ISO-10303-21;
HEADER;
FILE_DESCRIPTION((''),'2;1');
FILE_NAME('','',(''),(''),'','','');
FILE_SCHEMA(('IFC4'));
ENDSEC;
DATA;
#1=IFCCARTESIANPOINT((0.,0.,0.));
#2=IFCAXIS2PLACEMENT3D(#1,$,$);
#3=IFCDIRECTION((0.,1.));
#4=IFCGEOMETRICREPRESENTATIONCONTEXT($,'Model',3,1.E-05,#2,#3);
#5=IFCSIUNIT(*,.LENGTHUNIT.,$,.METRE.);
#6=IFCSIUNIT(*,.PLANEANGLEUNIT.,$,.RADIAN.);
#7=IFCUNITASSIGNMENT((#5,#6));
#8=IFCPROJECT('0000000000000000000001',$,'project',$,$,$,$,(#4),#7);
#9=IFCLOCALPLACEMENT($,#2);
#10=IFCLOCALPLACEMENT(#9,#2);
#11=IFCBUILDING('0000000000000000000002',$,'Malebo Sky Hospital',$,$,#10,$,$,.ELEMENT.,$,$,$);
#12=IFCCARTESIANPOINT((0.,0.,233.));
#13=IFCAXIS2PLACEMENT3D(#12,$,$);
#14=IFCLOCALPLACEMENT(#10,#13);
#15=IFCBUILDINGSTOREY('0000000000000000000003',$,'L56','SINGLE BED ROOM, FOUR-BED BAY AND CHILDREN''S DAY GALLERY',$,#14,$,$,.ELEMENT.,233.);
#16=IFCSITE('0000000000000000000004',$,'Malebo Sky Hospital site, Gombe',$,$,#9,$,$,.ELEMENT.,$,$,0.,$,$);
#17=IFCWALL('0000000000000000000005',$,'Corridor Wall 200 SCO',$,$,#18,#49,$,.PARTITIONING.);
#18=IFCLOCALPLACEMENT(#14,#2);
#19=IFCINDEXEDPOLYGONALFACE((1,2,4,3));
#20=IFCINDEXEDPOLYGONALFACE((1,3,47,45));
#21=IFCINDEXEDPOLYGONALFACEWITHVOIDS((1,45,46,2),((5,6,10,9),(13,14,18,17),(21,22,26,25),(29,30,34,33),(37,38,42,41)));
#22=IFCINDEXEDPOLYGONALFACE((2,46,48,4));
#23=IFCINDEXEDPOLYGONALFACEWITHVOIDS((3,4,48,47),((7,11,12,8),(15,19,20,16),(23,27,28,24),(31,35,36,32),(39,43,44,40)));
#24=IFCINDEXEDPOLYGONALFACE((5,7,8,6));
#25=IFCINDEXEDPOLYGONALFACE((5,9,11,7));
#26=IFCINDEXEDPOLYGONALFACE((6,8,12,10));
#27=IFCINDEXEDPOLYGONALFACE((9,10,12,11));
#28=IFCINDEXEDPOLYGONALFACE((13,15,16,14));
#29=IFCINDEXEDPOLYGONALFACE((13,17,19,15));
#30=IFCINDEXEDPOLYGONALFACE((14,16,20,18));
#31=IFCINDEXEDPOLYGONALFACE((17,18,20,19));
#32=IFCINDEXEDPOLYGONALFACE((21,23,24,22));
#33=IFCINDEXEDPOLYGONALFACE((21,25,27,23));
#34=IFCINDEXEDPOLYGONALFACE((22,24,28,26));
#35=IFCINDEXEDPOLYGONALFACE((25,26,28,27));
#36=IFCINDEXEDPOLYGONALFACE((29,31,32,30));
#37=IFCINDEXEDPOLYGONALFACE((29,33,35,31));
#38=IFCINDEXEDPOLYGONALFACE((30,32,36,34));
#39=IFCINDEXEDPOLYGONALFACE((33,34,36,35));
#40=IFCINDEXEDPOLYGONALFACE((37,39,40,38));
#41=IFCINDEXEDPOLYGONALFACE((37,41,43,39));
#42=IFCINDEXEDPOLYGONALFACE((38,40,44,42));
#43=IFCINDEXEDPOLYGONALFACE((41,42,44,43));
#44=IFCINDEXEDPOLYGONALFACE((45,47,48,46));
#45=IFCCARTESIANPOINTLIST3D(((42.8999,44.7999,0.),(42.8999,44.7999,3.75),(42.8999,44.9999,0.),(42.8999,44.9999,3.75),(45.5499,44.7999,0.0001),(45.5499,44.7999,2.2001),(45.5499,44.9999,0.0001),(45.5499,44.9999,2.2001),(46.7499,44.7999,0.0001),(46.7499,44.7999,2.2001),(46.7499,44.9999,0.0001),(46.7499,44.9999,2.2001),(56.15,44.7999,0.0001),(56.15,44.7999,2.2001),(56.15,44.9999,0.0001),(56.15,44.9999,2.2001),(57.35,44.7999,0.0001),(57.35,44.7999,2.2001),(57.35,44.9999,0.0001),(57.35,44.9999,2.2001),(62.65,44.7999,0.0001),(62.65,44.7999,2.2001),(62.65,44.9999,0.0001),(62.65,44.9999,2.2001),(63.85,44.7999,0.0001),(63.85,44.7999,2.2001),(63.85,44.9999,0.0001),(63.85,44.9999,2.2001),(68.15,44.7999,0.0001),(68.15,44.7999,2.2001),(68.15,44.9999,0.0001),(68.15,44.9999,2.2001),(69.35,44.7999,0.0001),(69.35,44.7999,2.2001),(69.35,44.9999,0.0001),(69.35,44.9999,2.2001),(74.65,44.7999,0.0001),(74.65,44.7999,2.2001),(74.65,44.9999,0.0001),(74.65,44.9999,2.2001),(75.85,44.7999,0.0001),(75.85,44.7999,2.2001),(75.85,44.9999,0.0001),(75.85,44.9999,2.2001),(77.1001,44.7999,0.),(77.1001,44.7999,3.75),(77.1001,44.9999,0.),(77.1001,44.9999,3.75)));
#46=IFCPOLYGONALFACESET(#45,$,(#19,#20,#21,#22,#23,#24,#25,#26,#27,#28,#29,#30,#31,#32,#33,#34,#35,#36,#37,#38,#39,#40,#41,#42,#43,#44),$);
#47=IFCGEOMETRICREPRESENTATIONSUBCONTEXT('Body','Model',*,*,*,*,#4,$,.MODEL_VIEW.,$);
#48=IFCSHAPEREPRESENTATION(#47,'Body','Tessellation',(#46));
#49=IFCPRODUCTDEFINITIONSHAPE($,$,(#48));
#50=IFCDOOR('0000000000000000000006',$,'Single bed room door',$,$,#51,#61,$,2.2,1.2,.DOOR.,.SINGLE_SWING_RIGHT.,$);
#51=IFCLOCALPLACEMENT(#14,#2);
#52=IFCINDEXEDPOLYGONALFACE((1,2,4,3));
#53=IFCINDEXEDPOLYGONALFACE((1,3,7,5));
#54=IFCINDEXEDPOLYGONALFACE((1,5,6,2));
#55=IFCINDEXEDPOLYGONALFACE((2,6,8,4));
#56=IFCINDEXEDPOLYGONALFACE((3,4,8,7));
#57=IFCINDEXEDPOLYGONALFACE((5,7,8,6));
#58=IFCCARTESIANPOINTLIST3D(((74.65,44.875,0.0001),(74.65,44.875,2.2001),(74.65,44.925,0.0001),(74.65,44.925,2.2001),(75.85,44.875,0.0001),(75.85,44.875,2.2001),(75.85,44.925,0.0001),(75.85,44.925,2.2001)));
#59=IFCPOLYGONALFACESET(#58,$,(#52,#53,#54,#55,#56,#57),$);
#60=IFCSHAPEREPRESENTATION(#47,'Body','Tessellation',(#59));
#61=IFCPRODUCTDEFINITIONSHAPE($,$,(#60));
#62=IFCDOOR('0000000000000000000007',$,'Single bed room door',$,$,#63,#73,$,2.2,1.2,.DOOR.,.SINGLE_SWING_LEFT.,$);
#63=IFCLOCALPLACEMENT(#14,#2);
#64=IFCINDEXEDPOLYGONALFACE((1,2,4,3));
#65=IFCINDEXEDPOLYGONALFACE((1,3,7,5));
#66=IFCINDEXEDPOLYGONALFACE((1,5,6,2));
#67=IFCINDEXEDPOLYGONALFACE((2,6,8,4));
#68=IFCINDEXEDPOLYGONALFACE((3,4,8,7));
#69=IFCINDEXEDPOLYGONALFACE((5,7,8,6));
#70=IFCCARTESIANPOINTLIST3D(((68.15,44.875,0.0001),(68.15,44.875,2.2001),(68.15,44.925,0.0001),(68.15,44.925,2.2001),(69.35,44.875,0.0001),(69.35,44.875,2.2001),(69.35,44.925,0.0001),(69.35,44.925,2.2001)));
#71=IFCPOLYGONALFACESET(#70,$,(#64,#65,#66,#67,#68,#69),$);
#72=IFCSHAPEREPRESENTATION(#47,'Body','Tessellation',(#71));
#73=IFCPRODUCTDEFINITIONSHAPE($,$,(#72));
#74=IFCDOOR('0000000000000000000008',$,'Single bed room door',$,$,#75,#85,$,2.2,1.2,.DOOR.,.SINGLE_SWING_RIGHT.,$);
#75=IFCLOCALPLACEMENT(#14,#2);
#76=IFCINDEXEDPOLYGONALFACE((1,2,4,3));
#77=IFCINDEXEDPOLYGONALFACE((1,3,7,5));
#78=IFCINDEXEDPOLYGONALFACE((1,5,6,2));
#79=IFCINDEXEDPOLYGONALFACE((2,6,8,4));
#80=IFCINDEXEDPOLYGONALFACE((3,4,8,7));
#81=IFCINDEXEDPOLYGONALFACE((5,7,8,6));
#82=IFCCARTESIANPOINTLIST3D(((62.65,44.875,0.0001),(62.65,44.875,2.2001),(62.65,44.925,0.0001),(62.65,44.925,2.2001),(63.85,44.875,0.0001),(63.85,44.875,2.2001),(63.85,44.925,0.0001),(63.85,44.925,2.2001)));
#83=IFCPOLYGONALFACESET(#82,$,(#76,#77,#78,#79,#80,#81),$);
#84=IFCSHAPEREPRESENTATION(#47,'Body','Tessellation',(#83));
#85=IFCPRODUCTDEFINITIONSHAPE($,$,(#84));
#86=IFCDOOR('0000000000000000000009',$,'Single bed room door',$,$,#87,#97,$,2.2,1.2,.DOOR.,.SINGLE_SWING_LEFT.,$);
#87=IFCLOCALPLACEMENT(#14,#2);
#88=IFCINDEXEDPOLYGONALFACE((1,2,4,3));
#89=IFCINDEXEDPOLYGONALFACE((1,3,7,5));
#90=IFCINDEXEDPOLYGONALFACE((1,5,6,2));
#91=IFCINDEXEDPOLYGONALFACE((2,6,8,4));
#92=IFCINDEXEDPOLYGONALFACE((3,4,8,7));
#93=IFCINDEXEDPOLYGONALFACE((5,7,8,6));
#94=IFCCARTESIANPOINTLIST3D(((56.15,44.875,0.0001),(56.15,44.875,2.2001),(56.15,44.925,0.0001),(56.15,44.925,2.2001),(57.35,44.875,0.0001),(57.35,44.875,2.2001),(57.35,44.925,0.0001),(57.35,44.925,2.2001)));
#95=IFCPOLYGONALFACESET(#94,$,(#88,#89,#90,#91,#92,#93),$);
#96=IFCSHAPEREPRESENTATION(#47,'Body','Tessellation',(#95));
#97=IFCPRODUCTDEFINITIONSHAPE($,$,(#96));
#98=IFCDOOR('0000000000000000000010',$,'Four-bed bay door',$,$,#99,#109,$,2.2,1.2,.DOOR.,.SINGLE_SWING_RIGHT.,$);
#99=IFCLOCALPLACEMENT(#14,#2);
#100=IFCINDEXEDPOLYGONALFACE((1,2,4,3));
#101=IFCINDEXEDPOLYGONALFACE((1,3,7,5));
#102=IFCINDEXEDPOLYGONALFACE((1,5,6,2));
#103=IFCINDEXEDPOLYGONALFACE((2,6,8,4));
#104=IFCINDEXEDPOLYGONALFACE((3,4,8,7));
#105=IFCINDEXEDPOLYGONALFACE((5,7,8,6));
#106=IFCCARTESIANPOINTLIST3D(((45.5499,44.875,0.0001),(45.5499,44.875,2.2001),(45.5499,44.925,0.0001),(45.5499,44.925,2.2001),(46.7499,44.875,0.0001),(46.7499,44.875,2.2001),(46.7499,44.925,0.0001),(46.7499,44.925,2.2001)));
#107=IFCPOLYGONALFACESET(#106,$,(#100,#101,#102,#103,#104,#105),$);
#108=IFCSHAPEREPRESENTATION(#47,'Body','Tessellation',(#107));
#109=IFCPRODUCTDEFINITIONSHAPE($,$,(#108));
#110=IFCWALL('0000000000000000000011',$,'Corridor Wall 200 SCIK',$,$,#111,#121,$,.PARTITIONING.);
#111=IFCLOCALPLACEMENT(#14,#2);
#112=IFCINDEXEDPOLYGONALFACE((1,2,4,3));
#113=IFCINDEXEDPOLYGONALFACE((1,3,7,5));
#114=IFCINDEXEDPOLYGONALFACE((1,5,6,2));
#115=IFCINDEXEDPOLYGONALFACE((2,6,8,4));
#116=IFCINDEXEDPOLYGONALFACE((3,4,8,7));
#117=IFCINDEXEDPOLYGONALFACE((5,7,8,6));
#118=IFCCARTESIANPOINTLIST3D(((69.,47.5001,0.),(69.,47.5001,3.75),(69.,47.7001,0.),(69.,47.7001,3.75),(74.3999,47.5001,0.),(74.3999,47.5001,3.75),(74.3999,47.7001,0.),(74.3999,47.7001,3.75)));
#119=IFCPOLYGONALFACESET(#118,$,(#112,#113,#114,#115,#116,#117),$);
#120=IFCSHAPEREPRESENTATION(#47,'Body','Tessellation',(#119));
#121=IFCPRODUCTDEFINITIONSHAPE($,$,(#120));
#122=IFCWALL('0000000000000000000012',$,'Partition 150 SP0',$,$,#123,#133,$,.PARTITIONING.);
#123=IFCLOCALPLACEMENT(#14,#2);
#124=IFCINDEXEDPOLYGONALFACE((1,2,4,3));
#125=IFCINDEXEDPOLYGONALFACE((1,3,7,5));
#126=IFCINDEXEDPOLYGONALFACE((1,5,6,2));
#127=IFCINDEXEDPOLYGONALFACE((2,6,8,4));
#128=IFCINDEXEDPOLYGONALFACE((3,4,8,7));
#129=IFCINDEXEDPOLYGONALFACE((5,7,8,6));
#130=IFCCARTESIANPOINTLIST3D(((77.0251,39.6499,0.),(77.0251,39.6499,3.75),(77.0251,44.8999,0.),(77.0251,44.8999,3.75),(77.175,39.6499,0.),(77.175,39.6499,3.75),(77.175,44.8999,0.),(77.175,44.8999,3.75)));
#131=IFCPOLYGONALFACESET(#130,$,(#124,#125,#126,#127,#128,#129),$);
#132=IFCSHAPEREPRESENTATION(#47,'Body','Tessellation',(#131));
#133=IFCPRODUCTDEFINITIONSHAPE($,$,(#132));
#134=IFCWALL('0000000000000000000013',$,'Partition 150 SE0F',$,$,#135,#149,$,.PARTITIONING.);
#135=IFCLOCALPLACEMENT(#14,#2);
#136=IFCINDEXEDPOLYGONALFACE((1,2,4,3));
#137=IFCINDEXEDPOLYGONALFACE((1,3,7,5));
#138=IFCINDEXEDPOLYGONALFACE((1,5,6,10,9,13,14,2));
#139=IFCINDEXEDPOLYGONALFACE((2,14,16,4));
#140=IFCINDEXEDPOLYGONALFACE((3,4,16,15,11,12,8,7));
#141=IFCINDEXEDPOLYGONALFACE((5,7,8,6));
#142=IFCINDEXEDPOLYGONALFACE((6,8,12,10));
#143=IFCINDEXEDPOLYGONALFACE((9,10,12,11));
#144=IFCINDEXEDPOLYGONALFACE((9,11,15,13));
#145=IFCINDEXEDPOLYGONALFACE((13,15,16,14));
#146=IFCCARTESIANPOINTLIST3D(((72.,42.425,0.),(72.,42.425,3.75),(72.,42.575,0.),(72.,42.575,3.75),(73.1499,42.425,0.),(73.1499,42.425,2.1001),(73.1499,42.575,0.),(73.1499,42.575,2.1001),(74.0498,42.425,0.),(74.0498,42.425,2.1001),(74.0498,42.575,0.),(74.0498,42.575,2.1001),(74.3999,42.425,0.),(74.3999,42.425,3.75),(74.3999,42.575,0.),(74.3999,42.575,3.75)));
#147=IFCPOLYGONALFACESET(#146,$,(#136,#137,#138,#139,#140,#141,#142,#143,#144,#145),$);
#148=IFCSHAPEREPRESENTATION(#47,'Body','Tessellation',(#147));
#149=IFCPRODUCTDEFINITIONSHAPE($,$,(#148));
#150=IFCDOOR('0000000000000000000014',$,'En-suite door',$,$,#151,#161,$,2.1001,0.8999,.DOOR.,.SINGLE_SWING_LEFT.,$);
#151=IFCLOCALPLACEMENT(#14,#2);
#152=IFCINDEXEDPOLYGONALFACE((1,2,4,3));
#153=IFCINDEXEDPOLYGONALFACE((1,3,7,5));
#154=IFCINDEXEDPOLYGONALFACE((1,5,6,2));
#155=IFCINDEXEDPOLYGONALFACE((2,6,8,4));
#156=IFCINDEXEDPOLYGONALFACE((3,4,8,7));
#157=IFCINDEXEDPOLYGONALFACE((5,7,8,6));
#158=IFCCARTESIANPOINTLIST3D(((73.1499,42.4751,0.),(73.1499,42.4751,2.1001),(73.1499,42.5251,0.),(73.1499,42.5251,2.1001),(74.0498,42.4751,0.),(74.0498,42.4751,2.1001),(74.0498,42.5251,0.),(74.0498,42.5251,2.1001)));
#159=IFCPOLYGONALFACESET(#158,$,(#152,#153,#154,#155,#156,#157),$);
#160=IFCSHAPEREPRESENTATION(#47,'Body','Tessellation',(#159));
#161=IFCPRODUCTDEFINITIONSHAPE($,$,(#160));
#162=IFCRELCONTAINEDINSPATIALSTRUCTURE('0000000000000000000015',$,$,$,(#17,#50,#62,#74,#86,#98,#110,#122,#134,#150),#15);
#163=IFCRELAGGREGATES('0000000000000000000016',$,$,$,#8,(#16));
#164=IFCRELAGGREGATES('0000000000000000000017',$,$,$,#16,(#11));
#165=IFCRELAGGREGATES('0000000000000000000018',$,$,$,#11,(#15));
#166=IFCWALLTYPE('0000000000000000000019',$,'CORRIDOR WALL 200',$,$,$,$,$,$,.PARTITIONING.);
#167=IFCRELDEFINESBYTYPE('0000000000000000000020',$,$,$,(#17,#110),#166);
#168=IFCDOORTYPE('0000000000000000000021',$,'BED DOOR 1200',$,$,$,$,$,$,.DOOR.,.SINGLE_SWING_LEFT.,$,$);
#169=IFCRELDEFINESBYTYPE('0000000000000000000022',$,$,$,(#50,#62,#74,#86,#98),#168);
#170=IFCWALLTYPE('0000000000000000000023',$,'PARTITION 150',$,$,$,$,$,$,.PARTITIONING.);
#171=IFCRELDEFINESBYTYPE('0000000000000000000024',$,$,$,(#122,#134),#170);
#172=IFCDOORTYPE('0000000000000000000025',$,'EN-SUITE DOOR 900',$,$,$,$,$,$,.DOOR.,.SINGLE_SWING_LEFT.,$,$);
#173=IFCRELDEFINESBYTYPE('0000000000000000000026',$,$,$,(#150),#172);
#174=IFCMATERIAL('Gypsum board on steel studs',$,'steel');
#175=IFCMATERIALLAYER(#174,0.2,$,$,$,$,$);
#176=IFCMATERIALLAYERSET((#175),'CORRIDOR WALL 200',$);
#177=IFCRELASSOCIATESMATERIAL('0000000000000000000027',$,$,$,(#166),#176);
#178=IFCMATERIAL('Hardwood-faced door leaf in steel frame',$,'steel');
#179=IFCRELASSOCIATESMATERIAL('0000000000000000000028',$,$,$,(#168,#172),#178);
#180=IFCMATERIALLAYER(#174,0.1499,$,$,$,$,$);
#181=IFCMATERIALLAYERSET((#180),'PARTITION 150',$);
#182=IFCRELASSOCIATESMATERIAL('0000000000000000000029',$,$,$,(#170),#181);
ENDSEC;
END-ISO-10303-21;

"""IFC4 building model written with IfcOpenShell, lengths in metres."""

from ifc_helpers import new_model, si_unit, direction, frame, frame_2d, origin, place, context, subcontext, project, spatial, rectangle, extrude, material, layer, layer_set, type_object, element, fill, save


model = new_model("IFC4")

# Units and contexts
model_context = context("Model", 3, precision=1e-05, world=origin(), true_north=direction((0.0, 1.0)))
body_context = subcontext(model_context, "Body", "Model", "MODEL_VIEW")
ifc_project = project(units=[si_unit("LENGTHUNIT", "METRE"), si_unit("PLANEANGLEUNIT", "RADIAN")], contexts=[model_context])

# Site, building, storey
site_placement = place(None, origin())
site = spatial("IfcSite", under=ifc_project, at=site_placement, Name="Malebo Sky Hospital site, Gombe", CompositionType="ELEMENT", RefElevation=0.0)
building_placement = place(site_placement, origin())
building = spatial("IfcBuilding", under=site, at=building_placement, Name="Malebo Sky Hospital", CompositionType="ELEMENT")
storey_placement = place(building_placement, frame((0.0, 0.0, 233.0)))
storey = spatial("IfcBuildingStorey", under=building, at=storey_placement, Name="L56", Description="SINGLE BED ROOM, FOUR-BED BAY AND CHILDREN'S DAY GALLERY", CompositionType="ELEMENT", Elevation=233.0)

# Wall, openings, doors
ifc_material_1 = material(Name="Gypsum board on steel studs", Category="steel")
ifc_layer_1 = layer(ifc_material_1, 0.2)
ifc_layer_set_1 = layer_set([ifc_layer_1], Name="CORRIDOR WALL 200")
wall_type_1 = type_object("IfcWallType", Name="CORRIDOR WALL 200", PredefinedType="PARTITIONING", material=ifc_layer_set_1)
wall_1_placement = place(storey_placement, frame((77.1001, 44.8999, 0.0), z_axis=(0.0, 0.0, 1.0), x_axis=(-1.0, 0.0, 0.0)))
wall_1 = element("IfcWall", 1, at=wall_1_placement, inside=storey, type_object=wall_type_1, Name="Corridor Wall 200 SCO", PredefinedType="PARTITIONING", context=body_context, shape_type="SweptSolid", body=[
    extrude(rectangle(XDim=34.2002, YDim=0.2, at=frame_2d((17.1001, 0.0))), origin(), (0.0, 0.0, 1.0), 3.75),
])
opening_1_placement = place(wall_1_placement, frame((1.25, 0.0, 0.0)))
opening_1 = element("IfcOpeningElement", 2, at=opening_1_placement, cuts=wall_1, PredefinedType="OPENING", context=body_context, shape_type="SweptSolid", body=[
    extrude(rectangle(XDim=1.2, YDim=2.2, at=frame_2d((0.6001, 1.1001))), frame((0.0, 0.1099, 0.0), z_axis=(0.0, -1.0, 0.0), x_axis=(1.0, 0.0, 0.0)), (0.0, 0.0, 1.0), 0.22),
])
opening_2_placement = place(wall_1_placement, frame((7.75, 0.0, 0.0)))
opening_2 = element("IfcOpeningElement", 3, at=opening_2_placement, cuts=wall_1, PredefinedType="OPENING", context=body_context, shape_type="SweptSolid", body=[
    extrude(rectangle(XDim=1.2, YDim=2.2, at=frame_2d((0.6001, 1.1001))), frame((0.0, 0.1099, 0.0), z_axis=(0.0, -1.0, 0.0), x_axis=(1.0, 0.0, 0.0)), (0.0, 0.0, 1.0), 0.22),
])
opening_3_placement = place(wall_1_placement, frame((13.25, 0.0, 0.0)))
opening_3 = element("IfcOpeningElement", 4, at=opening_3_placement, cuts=wall_1, PredefinedType="OPENING", context=body_context, shape_type="SweptSolid", body=[
    extrude(rectangle(XDim=1.2, YDim=2.2, at=frame_2d((0.6001, 1.1001))), frame((0.0, 0.1099, 0.0), z_axis=(0.0, -1.0, 0.0), x_axis=(1.0, 0.0, 0.0)), (0.0, 0.0, 1.0), 0.22),
])
opening_4_placement = place(wall_1_placement, frame((19.75, 0.0, 0.0)))
opening_4 = element("IfcOpeningElement", 5, at=opening_4_placement, cuts=wall_1, PredefinedType="OPENING", context=body_context, shape_type="SweptSolid", body=[
    extrude(rectangle(XDim=1.2, YDim=2.2, at=frame_2d((0.6001, 1.1001))), frame((0.0, 0.1099, 0.0), z_axis=(0.0, -1.0, 0.0), x_axis=(1.0, 0.0, 0.0)), (0.0, 0.0, 1.0), 0.22),
])
opening_5_placement = place(wall_1_placement, frame((30.3501, 0.0, 0.0)))
opening_5 = element("IfcOpeningElement", 6, at=opening_5_placement, cuts=wall_1, PredefinedType="OPENING", context=body_context, shape_type="SweptSolid", body=[
    extrude(rectangle(XDim=1.2, YDim=2.2, at=frame_2d((0.6001, 1.1001))), frame((0.0, 0.1099, 0.0), z_axis=(0.0, -1.0, 0.0), x_axis=(1.0, 0.0, 0.0)), (0.0, 0.0, 1.0), 0.22),
])
ifc_material_2 = material(Name="Hardwood-faced door leaf in steel frame", Category="steel")
door_type_1 = type_object("IfcDoorType", Name="BED DOOR 1200", OperationType="SINGLE_SWING_LEFT", PredefinedType="DOOR", material=ifc_material_2)
door_1_placement = place(opening_1_placement, origin())
door_1 = element("IfcDoor", 7, at=door_1_placement, inside=storey, type_object=door_type_1, Name="Single bed room door", OperationType="SINGLE_SWING_RIGHT", OverallHeight=2.2, OverallWidth=1.2, PredefinedType="DOOR", context=body_context, shape_type="SweptSolid", body=[
    extrude(rectangle(XDim=1.2, YDim=2.2, at=frame_2d((0.6001, 1.1001))), frame((0.0, 0.0249, 0.0), z_axis=(0.0, -1.0, 0.0), x_axis=(1.0, 0.0, 0.0)), (0.0, 0.0, 1.0), 0.05),
])
fill(opening_1, door_1)
door_2_placement = place(opening_2_placement, origin())
door_2 = element("IfcDoor", 8, at=door_2_placement, inside=storey, type_object=door_type_1, Name="Single bed room door", OperationType="SINGLE_SWING_LEFT", OverallHeight=2.2, OverallWidth=1.2, PredefinedType="DOOR", context=body_context, shape_type="SweptSolid", body=[
    extrude(rectangle(XDim=1.2, YDim=2.2, at=frame_2d((0.6001, 1.1001))), frame((0.0, 0.0249, 0.0), z_axis=(0.0, -1.0, 0.0), x_axis=(1.0, 0.0, 0.0)), (0.0, 0.0, 1.0), 0.05),
])
fill(opening_2, door_2)
door_3_placement = place(opening_3_placement, origin())
door_3 = element("IfcDoor", 9, at=door_3_placement, inside=storey, type_object=door_type_1, Name="Single bed room door", OperationType="SINGLE_SWING_RIGHT", OverallHeight=2.2, OverallWidth=1.2, PredefinedType="DOOR", context=body_context, shape_type="SweptSolid", body=[
    extrude(rectangle(XDim=1.2, YDim=2.2, at=frame_2d((0.6001, 1.1001))), frame((0.0, 0.0249, 0.0), z_axis=(0.0, -1.0, 0.0), x_axis=(1.0, 0.0, 0.0)), (0.0, 0.0, 1.0), 0.05),
])
fill(opening_3, door_3)
door_4_placement = place(opening_4_placement, origin())
door_4 = element("IfcDoor", 10, at=door_4_placement, inside=storey, type_object=door_type_1, Name="Single bed room door", OperationType="SINGLE_SWING_LEFT", OverallHeight=2.2, OverallWidth=1.2, PredefinedType="DOOR", context=body_context, shape_type="SweptSolid", body=[
    extrude(rectangle(XDim=1.2, YDim=2.2, at=frame_2d((0.6001, 1.1001))), frame((0.0, 0.0249, 0.0), z_axis=(0.0, -1.0, 0.0), x_axis=(1.0, 0.0, 0.0)), (0.0, 0.0, 1.0), 0.05),
])
fill(opening_4, door_4)
door_5_placement = place(opening_5_placement, origin())
door_5 = element("IfcDoor", 11, at=door_5_placement, inside=storey, type_object=door_type_1, Name="Four-bed bay door", OperationType="SINGLE_SWING_RIGHT", OverallHeight=2.2, OverallWidth=1.2, PredefinedType="DOOR", context=body_context, shape_type="SweptSolid", body=[
    extrude(rectangle(XDim=1.2, YDim=2.2, at=frame_2d((0.6001, 1.1001))), frame((0.0, 0.0249, 0.0), z_axis=(0.0, -1.0, 0.0), x_axis=(1.0, 0.0, 0.0)), (0.0, 0.0, 1.0), 0.05),
])
fill(opening_5, door_5)

# Walls
wall_2_placement = place(storey_placement, frame((74.3999, 47.6001, 0.0), z_axis=(0.0, 0.0, 1.0), x_axis=(-1.0, 0.0, 0.0)))
element("IfcWall", 12, at=wall_2_placement, inside=storey, type_object=wall_type_1, Name="Corridor Wall 200 SCIK", PredefinedType="PARTITIONING", context=body_context, shape_type="SweptSolid", body=[
    extrude(rectangle(XDim=5.3999, YDim=0.2, at=frame_2d((2.7, 0.0))), origin(), (0.0, 0.0, 1.0), 3.75),
])
ifc_layer_2 = layer(ifc_material_1, 0.1499)
ifc_layer_set_2 = layer_set([ifc_layer_2], Name="PARTITION 150")
wall_type_2 = type_object("IfcWallType", Name="PARTITION 150", PredefinedType="PARTITIONING", material=ifc_layer_set_2)
wall_3_placement = place(storey_placement, frame((77.1001, 44.8999, 0.0), z_axis=(0.0, 0.0, 1.0), x_axis=(0.0, -1.0, 0.0)))
element("IfcWall", 13, at=wall_3_placement, inside=storey, type_object=wall_type_2, Name="Partition 150 SP0", PredefinedType="PARTITIONING", context=body_context, shape_type="SweptSolid", body=[
    extrude(rectangle(XDim=5.25, YDim=0.1499, at=frame_2d((2.625, 0.0))), origin(), (0.0, 0.0, 1.0), 3.75),
])

# Wall, opening, door
wall_4_placement = place(storey_placement, frame((74.3999, 42.5, 0.0), z_axis=(0.0, 0.0, 1.0), x_axis=(-1.0, 0.0, 0.0)))
wall_4 = element("IfcWall", 14, at=wall_4_placement, inside=storey, type_object=wall_type_2, Name="Partition 150 SE0F", PredefinedType="PARTITIONING", context=body_context, shape_type="SweptSolid", body=[
    extrude(rectangle(XDim=2.3999, YDim=0.1499, at=frame_2d((1.2, 0.0))), origin(), (0.0, 0.0, 1.0), 3.75),
])
opening_6_placement = place(wall_4_placement, frame((0.3501, 0.0, 0.0)))
opening_6 = element("IfcOpeningElement", 15, at=opening_6_placement, cuts=wall_4, PredefinedType="OPENING", context=body_context, shape_type="SweptSolid", body=[
    extrude(rectangle(XDim=0.8999, YDim=2.1001, at=frame_2d((0.45, 1.05))), frame((0.0, 0.085, 0.0), z_axis=(0.0, -1.0, 0.0), x_axis=(1.0, 0.0, 0.0)), (0.0, 0.0, 1.0), 0.1699),
])
door_type_2 = type_object("IfcDoorType", Name="EN-SUITE DOOR 900", OperationType="SINGLE_SWING_LEFT", PredefinedType="DOOR", material=ifc_material_2)
door_6_placement = place(opening_6_placement, origin())
door_6 = element("IfcDoor", 16, at=door_6_placement, inside=storey, type_object=door_type_2, Name="En-suite door", OperationType="SINGLE_SWING_LEFT", OverallHeight=2.1001, OverallWidth=0.8999, PredefinedType="DOOR", context=body_context, shape_type="SweptSolid", body=[
    extrude(rectangle(XDim=0.8999, YDim=2.1001, at=frame_2d((0.45, 1.05))), frame((0.0, 0.0249, 0.0), z_axis=(0.0, -1.0, 0.0), x_axis=(1.0, 0.0, 0.0)), (0.0, 0.0, 1.0), 0.05),
])
fill(opening_6, door_6)

save(model, "model.ifc")
